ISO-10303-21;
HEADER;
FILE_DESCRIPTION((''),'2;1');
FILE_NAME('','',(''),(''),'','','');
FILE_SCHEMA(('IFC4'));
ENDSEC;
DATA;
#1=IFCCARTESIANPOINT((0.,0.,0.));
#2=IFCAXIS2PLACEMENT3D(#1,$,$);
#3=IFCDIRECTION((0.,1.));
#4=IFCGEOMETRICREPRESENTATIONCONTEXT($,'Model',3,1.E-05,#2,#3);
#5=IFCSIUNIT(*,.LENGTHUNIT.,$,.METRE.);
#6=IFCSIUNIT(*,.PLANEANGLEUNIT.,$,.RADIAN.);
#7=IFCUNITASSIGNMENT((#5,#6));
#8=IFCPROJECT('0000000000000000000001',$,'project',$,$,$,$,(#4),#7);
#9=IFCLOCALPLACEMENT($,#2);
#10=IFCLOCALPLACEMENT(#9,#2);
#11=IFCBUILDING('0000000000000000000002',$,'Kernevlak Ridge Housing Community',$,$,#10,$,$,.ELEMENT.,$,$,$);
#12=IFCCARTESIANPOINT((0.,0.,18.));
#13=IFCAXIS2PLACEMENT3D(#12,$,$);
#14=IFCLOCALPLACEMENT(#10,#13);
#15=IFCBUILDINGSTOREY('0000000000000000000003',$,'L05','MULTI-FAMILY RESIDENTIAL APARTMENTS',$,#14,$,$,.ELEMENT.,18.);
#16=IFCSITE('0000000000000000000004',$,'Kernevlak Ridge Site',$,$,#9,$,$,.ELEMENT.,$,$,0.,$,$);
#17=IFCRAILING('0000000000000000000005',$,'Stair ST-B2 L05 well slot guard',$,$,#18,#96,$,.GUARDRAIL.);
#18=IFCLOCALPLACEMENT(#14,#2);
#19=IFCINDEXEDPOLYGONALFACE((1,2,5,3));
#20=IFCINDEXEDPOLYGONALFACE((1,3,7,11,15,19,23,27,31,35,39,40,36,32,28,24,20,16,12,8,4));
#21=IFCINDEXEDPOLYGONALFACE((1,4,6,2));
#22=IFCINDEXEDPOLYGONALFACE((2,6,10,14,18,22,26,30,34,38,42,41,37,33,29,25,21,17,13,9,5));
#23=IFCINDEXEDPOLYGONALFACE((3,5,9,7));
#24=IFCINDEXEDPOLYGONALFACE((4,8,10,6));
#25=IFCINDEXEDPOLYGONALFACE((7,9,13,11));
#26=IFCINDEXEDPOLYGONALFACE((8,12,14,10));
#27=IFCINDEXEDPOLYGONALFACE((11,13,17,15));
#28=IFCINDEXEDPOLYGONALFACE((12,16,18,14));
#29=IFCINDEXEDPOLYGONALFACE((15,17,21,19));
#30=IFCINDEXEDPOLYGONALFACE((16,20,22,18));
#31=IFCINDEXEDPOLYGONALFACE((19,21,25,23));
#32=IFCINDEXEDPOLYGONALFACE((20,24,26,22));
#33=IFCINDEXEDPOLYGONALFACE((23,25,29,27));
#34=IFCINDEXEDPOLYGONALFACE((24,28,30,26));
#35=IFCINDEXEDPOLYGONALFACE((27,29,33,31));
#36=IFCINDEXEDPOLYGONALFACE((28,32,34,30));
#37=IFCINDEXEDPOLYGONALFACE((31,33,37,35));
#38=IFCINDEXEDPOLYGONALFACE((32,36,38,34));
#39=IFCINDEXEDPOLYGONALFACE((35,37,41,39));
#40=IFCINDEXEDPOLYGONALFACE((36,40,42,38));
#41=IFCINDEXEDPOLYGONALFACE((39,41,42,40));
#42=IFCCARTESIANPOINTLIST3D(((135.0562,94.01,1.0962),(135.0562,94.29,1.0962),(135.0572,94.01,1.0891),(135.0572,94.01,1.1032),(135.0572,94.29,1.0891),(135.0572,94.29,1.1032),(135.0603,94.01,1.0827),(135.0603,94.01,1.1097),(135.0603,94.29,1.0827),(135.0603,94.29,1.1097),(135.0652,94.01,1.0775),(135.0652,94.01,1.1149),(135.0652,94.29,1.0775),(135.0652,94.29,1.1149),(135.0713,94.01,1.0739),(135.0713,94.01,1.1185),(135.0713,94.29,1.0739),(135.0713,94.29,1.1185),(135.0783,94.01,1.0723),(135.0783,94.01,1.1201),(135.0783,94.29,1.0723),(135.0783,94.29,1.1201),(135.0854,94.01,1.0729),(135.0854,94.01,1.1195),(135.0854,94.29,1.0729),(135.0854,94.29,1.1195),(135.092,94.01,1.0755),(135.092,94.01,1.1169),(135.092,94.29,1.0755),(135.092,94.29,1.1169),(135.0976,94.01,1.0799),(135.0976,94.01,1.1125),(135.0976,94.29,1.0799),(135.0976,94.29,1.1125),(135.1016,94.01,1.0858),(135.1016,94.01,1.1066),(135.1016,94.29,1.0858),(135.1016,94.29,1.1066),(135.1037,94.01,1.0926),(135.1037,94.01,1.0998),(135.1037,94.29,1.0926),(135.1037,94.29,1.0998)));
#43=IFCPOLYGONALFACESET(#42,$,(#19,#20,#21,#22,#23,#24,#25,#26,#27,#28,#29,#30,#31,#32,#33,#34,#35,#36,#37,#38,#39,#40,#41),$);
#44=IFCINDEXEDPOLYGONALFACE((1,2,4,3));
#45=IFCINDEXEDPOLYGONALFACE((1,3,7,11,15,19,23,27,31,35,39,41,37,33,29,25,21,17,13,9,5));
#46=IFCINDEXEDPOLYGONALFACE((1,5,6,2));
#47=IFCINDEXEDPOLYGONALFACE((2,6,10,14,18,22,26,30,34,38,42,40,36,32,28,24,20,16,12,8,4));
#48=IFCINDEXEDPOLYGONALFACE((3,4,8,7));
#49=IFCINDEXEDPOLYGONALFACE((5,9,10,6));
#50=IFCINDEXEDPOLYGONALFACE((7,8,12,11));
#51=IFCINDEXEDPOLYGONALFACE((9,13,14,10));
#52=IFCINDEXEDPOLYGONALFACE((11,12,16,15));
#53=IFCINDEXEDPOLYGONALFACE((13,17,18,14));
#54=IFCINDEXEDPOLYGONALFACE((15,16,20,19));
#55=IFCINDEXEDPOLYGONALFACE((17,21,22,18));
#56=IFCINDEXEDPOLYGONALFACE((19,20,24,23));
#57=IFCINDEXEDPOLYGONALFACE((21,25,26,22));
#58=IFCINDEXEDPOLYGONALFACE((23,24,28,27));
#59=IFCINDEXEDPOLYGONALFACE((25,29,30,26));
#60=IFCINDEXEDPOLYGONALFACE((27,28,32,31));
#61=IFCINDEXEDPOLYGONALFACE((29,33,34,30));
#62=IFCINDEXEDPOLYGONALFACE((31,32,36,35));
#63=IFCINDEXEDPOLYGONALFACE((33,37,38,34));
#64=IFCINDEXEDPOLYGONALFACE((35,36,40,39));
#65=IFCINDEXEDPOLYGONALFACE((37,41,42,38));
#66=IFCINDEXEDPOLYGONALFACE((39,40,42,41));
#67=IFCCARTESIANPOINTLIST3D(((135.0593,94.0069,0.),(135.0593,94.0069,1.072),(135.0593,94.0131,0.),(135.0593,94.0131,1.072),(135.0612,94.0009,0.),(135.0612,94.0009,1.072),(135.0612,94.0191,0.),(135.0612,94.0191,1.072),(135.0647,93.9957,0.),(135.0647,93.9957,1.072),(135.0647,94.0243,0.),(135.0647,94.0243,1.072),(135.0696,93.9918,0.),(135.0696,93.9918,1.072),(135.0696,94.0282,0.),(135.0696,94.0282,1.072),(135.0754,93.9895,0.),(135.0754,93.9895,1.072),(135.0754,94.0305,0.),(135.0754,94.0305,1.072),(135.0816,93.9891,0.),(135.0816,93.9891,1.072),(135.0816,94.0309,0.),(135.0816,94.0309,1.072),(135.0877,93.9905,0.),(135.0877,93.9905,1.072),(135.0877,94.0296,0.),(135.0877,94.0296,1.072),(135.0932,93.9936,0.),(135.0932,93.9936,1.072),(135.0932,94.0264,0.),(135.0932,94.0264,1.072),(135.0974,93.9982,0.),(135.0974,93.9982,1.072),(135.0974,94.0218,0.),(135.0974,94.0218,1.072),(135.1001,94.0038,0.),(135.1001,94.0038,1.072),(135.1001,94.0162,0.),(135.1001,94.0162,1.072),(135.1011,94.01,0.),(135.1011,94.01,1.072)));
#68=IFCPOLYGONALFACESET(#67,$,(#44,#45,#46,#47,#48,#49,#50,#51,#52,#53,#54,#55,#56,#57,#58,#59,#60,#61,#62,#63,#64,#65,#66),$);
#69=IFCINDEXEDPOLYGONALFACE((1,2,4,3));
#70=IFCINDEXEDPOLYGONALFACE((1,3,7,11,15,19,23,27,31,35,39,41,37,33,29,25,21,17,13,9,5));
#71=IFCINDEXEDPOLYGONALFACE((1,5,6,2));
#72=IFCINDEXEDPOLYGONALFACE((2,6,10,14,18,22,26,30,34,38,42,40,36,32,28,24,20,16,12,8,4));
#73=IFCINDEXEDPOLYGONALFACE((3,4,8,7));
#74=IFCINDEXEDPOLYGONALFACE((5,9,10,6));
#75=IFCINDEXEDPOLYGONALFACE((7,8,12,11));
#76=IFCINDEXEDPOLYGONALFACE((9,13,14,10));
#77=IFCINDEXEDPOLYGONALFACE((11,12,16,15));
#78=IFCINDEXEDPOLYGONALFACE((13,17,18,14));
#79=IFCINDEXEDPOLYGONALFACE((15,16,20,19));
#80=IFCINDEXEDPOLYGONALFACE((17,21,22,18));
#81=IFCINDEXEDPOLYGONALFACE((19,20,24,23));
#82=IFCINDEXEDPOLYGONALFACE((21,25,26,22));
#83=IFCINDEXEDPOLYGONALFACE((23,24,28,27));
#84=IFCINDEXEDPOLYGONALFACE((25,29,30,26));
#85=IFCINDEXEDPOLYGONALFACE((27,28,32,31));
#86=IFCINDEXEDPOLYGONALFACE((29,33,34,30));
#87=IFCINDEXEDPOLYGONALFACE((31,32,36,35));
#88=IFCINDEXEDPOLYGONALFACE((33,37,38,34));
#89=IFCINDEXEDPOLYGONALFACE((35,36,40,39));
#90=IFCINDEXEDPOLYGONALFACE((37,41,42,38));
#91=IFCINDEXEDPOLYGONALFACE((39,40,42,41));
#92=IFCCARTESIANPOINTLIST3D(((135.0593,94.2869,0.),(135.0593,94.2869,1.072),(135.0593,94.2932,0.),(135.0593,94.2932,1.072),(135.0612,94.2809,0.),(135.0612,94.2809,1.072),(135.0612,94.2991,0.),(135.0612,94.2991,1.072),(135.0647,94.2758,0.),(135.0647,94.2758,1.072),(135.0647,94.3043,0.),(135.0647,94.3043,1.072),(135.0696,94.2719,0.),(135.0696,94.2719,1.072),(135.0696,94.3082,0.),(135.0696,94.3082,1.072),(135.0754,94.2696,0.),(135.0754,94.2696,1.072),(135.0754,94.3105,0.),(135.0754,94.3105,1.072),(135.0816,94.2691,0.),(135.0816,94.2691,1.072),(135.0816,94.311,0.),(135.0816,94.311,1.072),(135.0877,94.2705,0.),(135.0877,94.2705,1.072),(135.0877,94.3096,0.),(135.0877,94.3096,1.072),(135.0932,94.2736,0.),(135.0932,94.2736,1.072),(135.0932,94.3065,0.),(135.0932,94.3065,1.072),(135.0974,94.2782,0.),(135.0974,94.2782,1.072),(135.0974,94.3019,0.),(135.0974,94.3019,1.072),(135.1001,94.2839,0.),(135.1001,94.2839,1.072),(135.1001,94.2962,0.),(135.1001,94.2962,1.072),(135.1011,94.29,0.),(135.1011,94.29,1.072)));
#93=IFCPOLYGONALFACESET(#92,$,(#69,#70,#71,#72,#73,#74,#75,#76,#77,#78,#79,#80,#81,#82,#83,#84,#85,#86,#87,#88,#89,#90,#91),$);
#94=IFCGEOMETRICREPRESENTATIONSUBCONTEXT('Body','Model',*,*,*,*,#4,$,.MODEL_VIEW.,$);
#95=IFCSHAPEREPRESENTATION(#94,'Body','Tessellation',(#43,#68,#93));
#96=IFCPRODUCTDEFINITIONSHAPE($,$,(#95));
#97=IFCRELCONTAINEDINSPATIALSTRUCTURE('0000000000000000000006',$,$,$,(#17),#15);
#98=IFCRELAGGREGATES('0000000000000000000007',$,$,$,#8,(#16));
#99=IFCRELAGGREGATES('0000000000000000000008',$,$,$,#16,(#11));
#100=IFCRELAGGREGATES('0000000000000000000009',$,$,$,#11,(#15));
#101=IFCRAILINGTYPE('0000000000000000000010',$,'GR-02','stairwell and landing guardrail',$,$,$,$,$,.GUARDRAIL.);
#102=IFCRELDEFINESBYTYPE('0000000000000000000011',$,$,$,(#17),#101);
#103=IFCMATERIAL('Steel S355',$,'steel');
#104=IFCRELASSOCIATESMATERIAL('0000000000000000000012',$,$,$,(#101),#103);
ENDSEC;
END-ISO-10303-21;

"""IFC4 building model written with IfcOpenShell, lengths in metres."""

from ifc_helpers import new_model, si_unit, direction, frame, origin, origin_2d, place, context, subcontext, project, spatial, circle, extrude, material, type_object, element, save


model = new_model("IFC4")

# Units and contexts
model_context = context("Model", 3, precision=1e-05, world=origin(), true_north=direction((0.0, 1.0)))
body_context = subcontext(model_context, "Body", "Model", "MODEL_VIEW")
ifc_project = project(units=[si_unit("LENGTHUNIT", "METRE"), si_unit("PLANEANGLEUNIT", "RADIAN")], contexts=[model_context])

# Site, building, storey
site_placement = place(None, origin())
site = spatial("IfcSite", under=ifc_project, at=site_placement, Name="Kernevlak Ridge Site", CompositionType="ELEMENT", RefElevation=0.0)
building_placement = place(site_placement, origin())
building = spatial("IfcBuilding", under=site, at=building_placement, Name="Kernevlak Ridge Housing Community", CompositionType="ELEMENT")
storey_placement = place(building_placement, frame((0.0, 0.0, 18.0)))
storey = spatial("IfcBuildingStorey", under=building, at=storey_placement, Name="L05", Description="MULTI-FAMILY RESIDENTIAL APARTMENTS", CompositionType="ELEMENT", Elevation=18.0)

# Railing
ifc_material_1 = material(Name="Steel S355", Category="steel")
railing_type_1 = type_object("IfcRailingType", Name="GR-02", Description="stairwell and landing guardrail", PredefinedType="GUARDRAIL", material=ifc_material_1)
railing_1_placement = place(storey_placement, frame((135.0801, 94.01, 0.0)))
element("IfcRailing", 1, at=railing_1_placement, inside=storey, type_object=railing_type_1, Name="Stair ST-B2 L05 well slot guard", PredefinedType="GUARDRAIL", context=body_context, shape_type="SweptSolid", body=[
    extrude(circle(Radius=0.0239, at=origin_2d()), frame((0.0, 0.0, 1.0962), z_axis=(0.0, 1.0, 0.0), x_axis=(-1.0, 0.0, 0.0)), (0.0, 0.0, 1.0), 0.28),
    extrude(circle(Radius=0.021, at=origin_2d()), origin(), (0.0, 0.0, 1.0), 1.072),
    extrude(circle(Radius=0.021, at=origin_2d()), frame((0.0, 0.28, 0.0)), (0.0, 0.0, 1.0), 1.072),
])

save(model, "model.ifc")
